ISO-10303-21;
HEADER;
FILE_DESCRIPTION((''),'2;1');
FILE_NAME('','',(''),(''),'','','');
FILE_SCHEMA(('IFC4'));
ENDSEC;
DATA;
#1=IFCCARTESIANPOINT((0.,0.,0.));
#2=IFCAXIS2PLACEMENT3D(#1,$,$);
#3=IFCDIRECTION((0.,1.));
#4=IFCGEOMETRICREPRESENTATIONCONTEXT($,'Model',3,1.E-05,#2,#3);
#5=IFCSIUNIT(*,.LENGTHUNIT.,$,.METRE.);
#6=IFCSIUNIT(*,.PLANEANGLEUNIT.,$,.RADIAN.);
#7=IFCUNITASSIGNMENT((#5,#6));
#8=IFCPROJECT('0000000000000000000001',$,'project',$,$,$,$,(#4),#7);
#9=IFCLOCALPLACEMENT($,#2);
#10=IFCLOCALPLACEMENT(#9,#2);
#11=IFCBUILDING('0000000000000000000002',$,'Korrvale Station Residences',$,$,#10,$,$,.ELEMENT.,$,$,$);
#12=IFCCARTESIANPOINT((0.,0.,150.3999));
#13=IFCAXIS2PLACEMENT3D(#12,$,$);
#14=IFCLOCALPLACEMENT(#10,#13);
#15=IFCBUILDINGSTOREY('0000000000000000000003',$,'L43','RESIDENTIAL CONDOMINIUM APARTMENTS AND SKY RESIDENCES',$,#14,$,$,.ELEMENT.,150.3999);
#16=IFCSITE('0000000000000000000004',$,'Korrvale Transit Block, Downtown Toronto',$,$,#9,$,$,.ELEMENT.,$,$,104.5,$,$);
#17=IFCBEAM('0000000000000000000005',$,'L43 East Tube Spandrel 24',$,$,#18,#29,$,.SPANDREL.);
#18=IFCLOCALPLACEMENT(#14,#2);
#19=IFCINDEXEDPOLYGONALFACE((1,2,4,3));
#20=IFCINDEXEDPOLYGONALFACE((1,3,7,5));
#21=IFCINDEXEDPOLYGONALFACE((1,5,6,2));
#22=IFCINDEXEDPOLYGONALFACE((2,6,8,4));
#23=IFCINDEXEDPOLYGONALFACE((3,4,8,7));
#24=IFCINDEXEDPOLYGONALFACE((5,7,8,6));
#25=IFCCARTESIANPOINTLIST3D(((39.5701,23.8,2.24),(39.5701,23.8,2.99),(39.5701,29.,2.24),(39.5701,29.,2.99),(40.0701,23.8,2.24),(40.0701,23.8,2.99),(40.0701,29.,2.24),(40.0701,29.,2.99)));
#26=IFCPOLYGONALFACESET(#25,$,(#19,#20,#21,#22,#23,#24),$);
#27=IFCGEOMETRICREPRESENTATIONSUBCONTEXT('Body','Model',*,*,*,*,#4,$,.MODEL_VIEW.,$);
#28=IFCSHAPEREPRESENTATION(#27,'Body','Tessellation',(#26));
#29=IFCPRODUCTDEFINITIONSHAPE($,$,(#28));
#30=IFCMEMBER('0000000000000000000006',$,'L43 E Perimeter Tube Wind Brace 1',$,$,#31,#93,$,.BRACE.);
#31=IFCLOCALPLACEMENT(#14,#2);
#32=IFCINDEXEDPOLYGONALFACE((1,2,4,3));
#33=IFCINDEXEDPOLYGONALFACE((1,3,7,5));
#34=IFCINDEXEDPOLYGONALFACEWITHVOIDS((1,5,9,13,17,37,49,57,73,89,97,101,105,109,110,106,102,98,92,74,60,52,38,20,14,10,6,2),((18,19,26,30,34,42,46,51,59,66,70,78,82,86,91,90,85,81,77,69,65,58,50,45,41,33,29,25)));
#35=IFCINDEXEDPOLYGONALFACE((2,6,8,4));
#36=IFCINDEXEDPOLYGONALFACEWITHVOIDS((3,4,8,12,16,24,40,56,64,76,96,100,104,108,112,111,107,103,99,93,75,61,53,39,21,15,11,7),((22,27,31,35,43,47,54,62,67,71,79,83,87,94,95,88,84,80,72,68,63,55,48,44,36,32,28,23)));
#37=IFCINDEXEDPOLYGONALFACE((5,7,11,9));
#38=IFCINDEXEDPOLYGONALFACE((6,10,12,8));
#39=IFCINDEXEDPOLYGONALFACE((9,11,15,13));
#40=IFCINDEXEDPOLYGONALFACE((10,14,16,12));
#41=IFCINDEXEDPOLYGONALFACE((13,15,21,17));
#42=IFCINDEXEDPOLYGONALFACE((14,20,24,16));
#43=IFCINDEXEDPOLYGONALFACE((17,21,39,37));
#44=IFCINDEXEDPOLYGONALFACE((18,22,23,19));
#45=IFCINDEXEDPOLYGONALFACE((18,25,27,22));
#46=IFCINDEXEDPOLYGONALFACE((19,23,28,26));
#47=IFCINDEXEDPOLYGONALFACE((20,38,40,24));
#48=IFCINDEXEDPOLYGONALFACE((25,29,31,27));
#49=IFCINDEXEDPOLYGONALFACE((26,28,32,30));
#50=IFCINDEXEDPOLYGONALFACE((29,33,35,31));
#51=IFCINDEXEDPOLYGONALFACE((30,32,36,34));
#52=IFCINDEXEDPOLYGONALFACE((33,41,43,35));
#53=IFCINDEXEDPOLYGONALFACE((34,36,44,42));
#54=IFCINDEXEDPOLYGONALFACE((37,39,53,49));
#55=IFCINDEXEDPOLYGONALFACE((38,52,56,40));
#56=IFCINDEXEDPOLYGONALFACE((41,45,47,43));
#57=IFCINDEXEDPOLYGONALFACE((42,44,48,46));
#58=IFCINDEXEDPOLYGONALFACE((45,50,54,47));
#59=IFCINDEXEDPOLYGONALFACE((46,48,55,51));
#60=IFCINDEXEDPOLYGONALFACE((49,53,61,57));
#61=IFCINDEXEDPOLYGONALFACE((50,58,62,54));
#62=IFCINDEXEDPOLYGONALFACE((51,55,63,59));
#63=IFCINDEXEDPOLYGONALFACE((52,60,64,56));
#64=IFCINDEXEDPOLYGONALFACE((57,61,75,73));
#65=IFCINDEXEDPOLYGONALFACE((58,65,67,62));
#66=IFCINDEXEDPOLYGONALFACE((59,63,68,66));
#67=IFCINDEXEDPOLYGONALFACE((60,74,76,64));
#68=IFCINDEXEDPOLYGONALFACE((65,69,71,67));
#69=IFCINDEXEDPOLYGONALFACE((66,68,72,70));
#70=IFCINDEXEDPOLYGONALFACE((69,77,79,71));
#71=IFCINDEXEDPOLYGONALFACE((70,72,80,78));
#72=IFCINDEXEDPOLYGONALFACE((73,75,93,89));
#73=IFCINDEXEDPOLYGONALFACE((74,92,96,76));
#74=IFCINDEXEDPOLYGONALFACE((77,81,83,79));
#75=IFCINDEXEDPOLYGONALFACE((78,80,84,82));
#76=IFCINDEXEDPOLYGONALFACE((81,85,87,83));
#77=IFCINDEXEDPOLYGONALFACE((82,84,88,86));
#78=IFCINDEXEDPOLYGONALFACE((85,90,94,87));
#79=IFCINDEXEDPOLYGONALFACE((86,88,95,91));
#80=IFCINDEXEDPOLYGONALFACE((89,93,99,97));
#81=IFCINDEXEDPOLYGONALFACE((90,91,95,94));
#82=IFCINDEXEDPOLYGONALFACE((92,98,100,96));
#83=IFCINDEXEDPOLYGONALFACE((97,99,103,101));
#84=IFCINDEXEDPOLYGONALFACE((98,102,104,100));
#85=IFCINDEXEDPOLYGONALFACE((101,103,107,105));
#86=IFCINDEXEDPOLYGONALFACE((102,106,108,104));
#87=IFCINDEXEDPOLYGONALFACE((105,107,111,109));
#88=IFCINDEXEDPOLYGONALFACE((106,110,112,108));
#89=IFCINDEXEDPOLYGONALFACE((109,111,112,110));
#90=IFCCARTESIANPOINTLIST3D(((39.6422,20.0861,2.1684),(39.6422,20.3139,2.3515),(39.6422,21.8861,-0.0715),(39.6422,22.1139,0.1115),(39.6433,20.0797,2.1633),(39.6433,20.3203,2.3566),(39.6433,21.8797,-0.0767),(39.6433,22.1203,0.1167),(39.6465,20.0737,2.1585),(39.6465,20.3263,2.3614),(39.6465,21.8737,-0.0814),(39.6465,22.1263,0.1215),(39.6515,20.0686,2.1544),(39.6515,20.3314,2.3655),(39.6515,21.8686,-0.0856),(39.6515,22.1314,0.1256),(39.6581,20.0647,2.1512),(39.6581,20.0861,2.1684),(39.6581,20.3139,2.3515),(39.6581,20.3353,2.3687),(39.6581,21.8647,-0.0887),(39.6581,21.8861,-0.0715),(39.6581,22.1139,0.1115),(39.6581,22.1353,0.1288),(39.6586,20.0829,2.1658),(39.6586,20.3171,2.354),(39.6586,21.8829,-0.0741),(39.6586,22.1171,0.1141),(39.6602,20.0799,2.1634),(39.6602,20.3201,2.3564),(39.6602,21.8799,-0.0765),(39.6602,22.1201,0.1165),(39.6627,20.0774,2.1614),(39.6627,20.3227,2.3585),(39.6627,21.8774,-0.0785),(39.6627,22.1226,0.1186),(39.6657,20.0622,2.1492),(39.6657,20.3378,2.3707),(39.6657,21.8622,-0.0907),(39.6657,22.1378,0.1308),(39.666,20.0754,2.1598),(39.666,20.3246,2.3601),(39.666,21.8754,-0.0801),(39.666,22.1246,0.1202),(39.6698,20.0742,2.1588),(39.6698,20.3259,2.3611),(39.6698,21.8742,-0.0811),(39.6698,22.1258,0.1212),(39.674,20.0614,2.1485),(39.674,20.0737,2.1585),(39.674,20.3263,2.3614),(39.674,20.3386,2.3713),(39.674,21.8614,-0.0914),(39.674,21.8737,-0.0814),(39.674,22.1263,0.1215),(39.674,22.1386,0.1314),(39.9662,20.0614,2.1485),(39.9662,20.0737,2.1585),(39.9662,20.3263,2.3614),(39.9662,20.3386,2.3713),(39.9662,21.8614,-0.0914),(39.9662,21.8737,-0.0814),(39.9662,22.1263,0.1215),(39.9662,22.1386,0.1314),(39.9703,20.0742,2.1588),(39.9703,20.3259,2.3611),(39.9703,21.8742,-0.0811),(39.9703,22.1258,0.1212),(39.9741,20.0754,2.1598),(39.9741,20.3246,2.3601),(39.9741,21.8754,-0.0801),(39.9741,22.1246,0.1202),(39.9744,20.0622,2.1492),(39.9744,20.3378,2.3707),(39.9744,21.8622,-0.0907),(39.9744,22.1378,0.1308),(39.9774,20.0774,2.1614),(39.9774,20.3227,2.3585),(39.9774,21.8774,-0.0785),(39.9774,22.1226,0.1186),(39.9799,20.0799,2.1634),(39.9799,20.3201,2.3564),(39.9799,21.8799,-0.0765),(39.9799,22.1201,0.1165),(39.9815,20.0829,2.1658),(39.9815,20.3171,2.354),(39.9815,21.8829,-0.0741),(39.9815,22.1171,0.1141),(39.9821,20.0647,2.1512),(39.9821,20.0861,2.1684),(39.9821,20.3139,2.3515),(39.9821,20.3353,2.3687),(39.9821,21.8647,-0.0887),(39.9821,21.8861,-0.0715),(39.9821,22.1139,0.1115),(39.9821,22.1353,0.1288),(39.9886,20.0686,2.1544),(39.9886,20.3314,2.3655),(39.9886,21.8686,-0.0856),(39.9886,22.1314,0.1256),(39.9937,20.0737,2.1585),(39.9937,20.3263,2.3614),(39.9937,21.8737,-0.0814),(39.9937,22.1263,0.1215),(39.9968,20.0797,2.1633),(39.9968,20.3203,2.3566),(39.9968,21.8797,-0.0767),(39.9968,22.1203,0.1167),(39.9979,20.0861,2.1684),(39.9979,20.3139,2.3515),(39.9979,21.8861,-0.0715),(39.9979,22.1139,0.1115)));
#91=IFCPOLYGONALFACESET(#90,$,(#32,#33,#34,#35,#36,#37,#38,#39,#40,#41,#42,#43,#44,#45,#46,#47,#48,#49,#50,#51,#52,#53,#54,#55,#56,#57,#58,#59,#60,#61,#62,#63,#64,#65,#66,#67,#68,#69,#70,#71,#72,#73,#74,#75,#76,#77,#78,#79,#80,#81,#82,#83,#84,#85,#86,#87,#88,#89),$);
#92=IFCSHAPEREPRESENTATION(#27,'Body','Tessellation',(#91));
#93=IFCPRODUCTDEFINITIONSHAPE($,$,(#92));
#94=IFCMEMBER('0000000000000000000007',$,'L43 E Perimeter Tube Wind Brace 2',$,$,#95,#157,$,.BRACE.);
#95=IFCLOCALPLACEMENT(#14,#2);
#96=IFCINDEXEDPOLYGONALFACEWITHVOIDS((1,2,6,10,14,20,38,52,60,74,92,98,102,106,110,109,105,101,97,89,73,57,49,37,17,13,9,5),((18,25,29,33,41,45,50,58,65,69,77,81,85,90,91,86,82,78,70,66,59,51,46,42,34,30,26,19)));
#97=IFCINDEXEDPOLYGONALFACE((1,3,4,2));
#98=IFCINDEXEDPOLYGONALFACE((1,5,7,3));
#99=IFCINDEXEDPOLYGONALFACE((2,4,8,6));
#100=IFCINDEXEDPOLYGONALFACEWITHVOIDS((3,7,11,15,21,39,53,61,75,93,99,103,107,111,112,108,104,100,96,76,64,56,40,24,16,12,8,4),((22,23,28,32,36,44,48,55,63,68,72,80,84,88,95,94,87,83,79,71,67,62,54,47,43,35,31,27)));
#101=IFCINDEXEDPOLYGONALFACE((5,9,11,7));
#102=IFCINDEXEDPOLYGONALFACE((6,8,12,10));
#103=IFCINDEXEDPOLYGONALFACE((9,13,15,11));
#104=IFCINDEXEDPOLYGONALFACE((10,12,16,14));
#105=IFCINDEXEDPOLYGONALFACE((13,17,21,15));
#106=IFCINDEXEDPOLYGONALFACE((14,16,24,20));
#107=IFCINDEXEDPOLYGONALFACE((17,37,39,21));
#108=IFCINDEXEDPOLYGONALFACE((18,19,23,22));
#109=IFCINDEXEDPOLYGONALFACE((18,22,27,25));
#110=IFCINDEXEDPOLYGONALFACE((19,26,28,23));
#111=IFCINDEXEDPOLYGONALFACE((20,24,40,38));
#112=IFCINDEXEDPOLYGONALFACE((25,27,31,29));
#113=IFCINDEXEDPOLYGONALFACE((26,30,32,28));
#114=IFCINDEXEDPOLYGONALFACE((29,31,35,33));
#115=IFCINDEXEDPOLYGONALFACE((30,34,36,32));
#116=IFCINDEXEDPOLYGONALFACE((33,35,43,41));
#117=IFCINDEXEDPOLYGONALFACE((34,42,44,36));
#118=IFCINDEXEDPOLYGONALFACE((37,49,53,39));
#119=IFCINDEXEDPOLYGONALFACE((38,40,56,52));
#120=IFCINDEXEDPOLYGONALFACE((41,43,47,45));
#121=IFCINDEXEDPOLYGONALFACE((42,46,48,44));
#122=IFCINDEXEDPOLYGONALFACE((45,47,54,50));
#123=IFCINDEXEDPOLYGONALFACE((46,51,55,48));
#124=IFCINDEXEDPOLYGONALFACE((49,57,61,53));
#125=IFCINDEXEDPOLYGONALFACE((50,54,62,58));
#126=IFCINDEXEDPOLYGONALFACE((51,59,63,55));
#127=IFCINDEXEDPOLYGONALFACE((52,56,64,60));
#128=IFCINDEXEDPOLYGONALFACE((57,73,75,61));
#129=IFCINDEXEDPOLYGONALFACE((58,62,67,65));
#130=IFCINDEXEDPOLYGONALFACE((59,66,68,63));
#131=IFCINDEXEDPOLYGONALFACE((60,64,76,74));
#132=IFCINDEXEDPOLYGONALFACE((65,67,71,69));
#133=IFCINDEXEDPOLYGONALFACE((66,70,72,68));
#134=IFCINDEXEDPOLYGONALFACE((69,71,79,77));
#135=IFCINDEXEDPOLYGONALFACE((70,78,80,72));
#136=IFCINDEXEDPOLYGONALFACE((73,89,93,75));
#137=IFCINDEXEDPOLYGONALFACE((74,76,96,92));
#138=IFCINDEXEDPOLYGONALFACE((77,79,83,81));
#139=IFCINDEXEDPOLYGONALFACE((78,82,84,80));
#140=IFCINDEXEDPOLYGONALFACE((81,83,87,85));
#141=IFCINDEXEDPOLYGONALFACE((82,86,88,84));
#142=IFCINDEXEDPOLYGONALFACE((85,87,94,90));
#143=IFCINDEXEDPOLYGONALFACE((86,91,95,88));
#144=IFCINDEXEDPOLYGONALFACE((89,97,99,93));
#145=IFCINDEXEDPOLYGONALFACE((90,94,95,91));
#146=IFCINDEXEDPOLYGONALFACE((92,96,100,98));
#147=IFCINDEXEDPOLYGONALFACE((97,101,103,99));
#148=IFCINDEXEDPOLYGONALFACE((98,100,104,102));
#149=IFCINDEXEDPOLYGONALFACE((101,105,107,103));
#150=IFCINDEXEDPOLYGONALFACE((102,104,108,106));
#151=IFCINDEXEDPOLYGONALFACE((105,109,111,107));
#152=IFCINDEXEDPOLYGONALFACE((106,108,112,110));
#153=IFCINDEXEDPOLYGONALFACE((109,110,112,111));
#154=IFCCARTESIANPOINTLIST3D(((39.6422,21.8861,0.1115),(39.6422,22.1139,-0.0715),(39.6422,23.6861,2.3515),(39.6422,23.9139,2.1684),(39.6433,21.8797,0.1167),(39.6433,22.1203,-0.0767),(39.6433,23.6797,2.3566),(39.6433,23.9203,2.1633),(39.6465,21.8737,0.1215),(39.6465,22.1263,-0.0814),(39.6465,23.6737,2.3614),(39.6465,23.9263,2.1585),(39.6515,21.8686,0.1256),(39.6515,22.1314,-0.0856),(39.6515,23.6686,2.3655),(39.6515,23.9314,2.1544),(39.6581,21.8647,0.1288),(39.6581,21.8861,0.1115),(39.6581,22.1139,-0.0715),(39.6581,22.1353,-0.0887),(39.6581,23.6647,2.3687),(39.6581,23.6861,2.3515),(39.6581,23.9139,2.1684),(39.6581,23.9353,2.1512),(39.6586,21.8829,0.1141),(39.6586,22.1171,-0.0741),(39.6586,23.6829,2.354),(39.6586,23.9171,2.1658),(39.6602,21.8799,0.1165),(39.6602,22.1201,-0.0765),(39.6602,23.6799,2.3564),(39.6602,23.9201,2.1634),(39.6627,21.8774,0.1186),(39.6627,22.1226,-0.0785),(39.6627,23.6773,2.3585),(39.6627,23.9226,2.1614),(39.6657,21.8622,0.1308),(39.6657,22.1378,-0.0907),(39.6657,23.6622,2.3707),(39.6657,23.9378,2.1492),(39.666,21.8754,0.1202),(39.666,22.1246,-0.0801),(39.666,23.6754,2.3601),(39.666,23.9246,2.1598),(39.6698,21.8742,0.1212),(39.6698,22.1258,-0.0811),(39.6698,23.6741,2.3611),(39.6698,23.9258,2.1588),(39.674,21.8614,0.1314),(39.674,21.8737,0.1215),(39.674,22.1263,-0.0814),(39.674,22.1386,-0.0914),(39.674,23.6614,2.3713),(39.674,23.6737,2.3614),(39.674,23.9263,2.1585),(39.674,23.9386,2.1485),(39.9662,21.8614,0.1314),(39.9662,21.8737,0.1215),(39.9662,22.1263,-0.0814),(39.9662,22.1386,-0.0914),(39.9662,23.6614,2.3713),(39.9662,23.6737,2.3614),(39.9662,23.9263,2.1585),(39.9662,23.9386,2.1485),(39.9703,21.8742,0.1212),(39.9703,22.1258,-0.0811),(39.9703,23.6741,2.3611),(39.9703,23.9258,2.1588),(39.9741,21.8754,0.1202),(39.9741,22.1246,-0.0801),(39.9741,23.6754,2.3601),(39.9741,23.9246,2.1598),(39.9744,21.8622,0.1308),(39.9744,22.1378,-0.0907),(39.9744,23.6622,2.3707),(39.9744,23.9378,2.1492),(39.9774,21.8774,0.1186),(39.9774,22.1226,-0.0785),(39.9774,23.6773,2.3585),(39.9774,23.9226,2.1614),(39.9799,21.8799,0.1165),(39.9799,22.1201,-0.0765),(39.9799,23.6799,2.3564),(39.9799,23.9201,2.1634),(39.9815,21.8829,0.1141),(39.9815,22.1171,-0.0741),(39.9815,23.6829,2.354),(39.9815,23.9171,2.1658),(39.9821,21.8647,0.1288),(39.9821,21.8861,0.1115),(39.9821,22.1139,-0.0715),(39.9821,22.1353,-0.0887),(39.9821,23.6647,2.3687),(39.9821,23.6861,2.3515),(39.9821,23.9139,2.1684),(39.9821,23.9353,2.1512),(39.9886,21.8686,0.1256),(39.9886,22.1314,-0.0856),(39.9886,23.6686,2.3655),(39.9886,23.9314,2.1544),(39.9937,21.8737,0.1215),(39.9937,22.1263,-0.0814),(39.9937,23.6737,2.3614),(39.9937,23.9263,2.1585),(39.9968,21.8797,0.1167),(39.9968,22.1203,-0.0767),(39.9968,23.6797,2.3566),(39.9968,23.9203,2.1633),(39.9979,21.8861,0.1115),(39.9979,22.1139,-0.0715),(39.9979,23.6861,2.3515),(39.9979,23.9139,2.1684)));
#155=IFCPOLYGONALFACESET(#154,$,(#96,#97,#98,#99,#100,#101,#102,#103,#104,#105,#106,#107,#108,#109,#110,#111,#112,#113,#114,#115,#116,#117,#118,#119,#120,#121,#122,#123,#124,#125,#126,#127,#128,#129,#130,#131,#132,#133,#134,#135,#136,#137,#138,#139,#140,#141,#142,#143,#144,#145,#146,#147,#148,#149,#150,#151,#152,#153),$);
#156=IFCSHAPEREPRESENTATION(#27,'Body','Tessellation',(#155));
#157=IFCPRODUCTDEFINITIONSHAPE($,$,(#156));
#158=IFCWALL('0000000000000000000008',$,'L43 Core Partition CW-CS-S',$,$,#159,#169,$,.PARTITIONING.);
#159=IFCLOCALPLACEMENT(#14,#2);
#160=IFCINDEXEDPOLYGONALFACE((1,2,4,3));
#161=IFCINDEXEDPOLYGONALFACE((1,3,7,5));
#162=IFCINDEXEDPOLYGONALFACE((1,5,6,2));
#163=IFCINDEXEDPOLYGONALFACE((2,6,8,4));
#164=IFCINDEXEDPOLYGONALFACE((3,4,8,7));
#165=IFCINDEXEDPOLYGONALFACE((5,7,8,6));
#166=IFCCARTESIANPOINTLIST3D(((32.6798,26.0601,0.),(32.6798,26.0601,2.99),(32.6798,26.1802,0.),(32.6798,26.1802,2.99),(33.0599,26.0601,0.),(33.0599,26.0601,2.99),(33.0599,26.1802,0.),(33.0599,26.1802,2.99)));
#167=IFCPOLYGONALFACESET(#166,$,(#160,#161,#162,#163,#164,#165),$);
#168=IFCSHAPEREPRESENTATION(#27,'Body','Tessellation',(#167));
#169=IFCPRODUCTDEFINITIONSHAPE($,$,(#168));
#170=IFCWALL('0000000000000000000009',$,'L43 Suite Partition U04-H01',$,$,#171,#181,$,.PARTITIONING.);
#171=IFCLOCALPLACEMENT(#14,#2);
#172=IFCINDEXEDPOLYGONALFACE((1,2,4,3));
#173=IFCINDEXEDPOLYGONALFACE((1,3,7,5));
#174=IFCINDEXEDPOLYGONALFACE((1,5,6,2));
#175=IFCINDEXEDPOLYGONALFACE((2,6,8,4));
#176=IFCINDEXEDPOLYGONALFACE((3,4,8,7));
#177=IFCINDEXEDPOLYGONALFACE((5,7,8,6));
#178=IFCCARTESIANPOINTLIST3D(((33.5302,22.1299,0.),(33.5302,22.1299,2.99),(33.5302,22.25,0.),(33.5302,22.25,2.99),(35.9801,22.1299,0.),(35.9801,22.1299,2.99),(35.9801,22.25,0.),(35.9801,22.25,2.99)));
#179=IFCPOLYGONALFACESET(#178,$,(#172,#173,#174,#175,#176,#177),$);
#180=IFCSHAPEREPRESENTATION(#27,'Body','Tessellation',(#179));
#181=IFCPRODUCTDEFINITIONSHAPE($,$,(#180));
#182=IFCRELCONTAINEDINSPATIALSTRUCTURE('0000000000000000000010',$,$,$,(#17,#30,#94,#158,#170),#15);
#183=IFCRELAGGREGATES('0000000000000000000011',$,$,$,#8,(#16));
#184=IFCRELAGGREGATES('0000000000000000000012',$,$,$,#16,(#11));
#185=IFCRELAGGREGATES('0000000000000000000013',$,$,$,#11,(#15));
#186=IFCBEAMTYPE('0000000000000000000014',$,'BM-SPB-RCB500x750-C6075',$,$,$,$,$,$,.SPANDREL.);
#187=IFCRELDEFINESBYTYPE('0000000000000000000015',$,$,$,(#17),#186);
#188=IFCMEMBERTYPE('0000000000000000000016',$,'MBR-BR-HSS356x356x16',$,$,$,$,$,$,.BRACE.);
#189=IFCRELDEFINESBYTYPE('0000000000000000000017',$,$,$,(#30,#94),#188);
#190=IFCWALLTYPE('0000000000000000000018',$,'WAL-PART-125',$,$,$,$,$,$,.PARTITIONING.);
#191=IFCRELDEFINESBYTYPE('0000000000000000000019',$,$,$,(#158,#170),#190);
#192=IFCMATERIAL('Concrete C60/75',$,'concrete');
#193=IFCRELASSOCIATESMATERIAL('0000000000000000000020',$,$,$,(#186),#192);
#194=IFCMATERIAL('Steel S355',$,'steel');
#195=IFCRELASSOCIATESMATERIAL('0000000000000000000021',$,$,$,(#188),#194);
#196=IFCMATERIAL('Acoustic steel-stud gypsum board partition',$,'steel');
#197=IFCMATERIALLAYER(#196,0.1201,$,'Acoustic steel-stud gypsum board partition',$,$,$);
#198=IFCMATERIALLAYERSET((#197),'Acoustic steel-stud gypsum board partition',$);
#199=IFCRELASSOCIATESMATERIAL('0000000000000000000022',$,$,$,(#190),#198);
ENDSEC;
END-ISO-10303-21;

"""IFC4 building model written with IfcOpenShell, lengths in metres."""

from ifc_helpers import new_model, si_unit, direction, frame, frame_2d, origin, origin_2d, place, context, subcontext, project, spatial, rectangle, hollow_rectangle, extrude, material, layer, layer_set, material_profile, profile_set, type_object, element, save


model = new_model("IFC4")

# Units and contexts
model_context = context("Model", 3, precision=1e-05, world=origin(), true_north=direction((0.0, 1.0)))
body_context = subcontext(model_context, "Body", "Model", "MODEL_VIEW")
ifc_project = project(units=[si_unit("LENGTHUNIT", "METRE"), si_unit("PLANEANGLEUNIT", "RADIAN")], contexts=[model_context])

# Site, building, storey
site_placement = place(None, origin())
site = spatial("IfcSite", under=ifc_project, at=site_placement, Name="Korrvale Transit Block, Downtown Toronto", CompositionType="ELEMENT", RefElevation=104.5)
building_placement = place(site_placement, origin())
building = spatial("IfcBuilding", under=site, at=building_placement, Name="Korrvale Station Residences", CompositionType="ELEMENT")
storey_placement = place(building_placement, frame((0.0, 0.0, 150.3999)))
storey = spatial("IfcBuildingStorey", under=building, at=storey_placement, Name="L43", Description="RESIDENTIAL CONDOMINIUM APARTMENTS AND SKY RESIDENCES", CompositionType="ELEMENT", Elevation=150.3999)

# Shared definitions
ifc_material_1 = material(Name="Concrete C60/75", Category="concrete")

# Beam
ifc_material_2 = material(Name="Steel S355", Category="steel")
ifc_material_profile_1 = material_profile(ifc_material_1, rectangle(XDim=0.5, YDim=0.75, at=origin_2d()), Name="RCB500x750")
ifc_profile_set_1 = profile_set([ifc_material_profile_1], Name="Concrete C60/75")
beam_type_1 = type_object("IfcBeamType", Name="BM-SPB-RCB500x750-C6075", PredefinedType="SPANDREL", material=ifc_profile_set_1)
beam_1_placement = place(storey_placement, frame((39.8201, 23.8, 2.615), z_axis=(0.0, 1.0, 0.0), x_axis=(-1.0, 0.0, 0.0)))
element("IfcBeam", 1, at=beam_1_placement, inside=storey, type_object=beam_type_1, Name="L43 East Tube Spandrel 24", PredefinedType="SPANDREL", context=body_context, shape_type="SweptSolid", body=[
    extrude(rectangle(XDim=0.5, YDim=0.75, at=origin_2d()), origin(), (0.0, 0.0, 1.0), 5.2),
])

# Members
ifc_material_profile_2 = material_profile(ifc_material_2, hollow_rectangle(XDim=0.3557, YDim=0.3557, WallThickness=0.0159, InnerFilletRadius=0.0159, OuterFilletRadius=0.0317, at=origin_2d()), Name="HSS356x356x16")
ifc_profile_set_2 = profile_set([ifc_material_profile_2], Name="Steel S355")
member_type = type_object("IfcMemberType", Name="MBR-BR-HSS356x356x16", PredefinedType="BRACE", material=ifc_profile_set_2)
for number, where, z_axis, x_axis, name in (
    (2, (39.8201, 22.0, 0.02), (0.0, -0.626403, 0.779499), (1.0, 0.0, 0.0), "L43 E Perimeter Tube Wind Brace 1"),
    (3, (39.8201, 22.0, 0.02), (0.0, 0.626403, 0.779499), (-1.0, 0.0, 0.0), "L43 E Perimeter Tube Wind Brace 2"),
):
    element("IfcMember", number, at=place(storey_placement, frame(where, z_axis=z_axis, x_axis=x_axis)), inside=storey, type_object=member_type, Name=name, PredefinedType="BRACE", context=body_context, shape_type="SweptSolid", body=[
        extrude(hollow_rectangle(XDim=0.3557, YDim=0.3557, WallThickness=0.0159, InnerFilletRadius=0.0159, OuterFilletRadius=0.0317, at=origin_2d()), origin(), (0.0, 0.0, 1.0), 2.8735),
    ])

# Walls
ifc_material_3 = material(Name="Acoustic steel-stud gypsum board partition", Category="steel")
ifc_layer_1 = layer(ifc_material_3, 0.1201, Name="Acoustic steel-stud gypsum board partition")
ifc_layer_set_1 = layer_set([ifc_layer_1], Name="Acoustic steel-stud gypsum board partition")
wall_type_1 = type_object("IfcWallType", Name="WAL-PART-125", PredefinedType="PARTITIONING", material=ifc_layer_set_1)
wall_1_placement = place(storey_placement, frame((32.6799, 26.1201, 0.0), z_axis=(0.0, 0.0, 1.0), x_axis=(1.0, 0.0, 0.0)))
element("IfcWall", 4, at=wall_1_placement, inside=storey, type_object=wall_type_1, Name="L43 Core Partition CW-CS-S", PredefinedType="PARTITIONING", context=body_context, shape_type="SweptSolid", body=[
    extrude(rectangle(XDim=0.3801, YDim=0.1201, at=frame_2d((0.1899, 0.0))), origin(), (0.0, 0.0, 1.0), 2.99),
])
wall_2_placement = place(storey_placement, frame((33.53, 22.1899, 0.0), z_axis=(0.0, 0.0, 1.0), x_axis=(1.0, 0.0, 0.0)))
element("IfcWall", 5, at=wall_2_placement, inside=storey, type_object=wall_type_1, Name="L43 Suite Partition U04-H01", PredefinedType="PARTITIONING", context=body_context, shape_type="SweptSolid", body=[
    extrude(rectangle(XDim=2.45, YDim=0.1201, at=frame_2d((1.2251, 0.0))), origin(), (0.0, 0.0, 1.0), 2.99),
])

save(model, "model.ifc")
